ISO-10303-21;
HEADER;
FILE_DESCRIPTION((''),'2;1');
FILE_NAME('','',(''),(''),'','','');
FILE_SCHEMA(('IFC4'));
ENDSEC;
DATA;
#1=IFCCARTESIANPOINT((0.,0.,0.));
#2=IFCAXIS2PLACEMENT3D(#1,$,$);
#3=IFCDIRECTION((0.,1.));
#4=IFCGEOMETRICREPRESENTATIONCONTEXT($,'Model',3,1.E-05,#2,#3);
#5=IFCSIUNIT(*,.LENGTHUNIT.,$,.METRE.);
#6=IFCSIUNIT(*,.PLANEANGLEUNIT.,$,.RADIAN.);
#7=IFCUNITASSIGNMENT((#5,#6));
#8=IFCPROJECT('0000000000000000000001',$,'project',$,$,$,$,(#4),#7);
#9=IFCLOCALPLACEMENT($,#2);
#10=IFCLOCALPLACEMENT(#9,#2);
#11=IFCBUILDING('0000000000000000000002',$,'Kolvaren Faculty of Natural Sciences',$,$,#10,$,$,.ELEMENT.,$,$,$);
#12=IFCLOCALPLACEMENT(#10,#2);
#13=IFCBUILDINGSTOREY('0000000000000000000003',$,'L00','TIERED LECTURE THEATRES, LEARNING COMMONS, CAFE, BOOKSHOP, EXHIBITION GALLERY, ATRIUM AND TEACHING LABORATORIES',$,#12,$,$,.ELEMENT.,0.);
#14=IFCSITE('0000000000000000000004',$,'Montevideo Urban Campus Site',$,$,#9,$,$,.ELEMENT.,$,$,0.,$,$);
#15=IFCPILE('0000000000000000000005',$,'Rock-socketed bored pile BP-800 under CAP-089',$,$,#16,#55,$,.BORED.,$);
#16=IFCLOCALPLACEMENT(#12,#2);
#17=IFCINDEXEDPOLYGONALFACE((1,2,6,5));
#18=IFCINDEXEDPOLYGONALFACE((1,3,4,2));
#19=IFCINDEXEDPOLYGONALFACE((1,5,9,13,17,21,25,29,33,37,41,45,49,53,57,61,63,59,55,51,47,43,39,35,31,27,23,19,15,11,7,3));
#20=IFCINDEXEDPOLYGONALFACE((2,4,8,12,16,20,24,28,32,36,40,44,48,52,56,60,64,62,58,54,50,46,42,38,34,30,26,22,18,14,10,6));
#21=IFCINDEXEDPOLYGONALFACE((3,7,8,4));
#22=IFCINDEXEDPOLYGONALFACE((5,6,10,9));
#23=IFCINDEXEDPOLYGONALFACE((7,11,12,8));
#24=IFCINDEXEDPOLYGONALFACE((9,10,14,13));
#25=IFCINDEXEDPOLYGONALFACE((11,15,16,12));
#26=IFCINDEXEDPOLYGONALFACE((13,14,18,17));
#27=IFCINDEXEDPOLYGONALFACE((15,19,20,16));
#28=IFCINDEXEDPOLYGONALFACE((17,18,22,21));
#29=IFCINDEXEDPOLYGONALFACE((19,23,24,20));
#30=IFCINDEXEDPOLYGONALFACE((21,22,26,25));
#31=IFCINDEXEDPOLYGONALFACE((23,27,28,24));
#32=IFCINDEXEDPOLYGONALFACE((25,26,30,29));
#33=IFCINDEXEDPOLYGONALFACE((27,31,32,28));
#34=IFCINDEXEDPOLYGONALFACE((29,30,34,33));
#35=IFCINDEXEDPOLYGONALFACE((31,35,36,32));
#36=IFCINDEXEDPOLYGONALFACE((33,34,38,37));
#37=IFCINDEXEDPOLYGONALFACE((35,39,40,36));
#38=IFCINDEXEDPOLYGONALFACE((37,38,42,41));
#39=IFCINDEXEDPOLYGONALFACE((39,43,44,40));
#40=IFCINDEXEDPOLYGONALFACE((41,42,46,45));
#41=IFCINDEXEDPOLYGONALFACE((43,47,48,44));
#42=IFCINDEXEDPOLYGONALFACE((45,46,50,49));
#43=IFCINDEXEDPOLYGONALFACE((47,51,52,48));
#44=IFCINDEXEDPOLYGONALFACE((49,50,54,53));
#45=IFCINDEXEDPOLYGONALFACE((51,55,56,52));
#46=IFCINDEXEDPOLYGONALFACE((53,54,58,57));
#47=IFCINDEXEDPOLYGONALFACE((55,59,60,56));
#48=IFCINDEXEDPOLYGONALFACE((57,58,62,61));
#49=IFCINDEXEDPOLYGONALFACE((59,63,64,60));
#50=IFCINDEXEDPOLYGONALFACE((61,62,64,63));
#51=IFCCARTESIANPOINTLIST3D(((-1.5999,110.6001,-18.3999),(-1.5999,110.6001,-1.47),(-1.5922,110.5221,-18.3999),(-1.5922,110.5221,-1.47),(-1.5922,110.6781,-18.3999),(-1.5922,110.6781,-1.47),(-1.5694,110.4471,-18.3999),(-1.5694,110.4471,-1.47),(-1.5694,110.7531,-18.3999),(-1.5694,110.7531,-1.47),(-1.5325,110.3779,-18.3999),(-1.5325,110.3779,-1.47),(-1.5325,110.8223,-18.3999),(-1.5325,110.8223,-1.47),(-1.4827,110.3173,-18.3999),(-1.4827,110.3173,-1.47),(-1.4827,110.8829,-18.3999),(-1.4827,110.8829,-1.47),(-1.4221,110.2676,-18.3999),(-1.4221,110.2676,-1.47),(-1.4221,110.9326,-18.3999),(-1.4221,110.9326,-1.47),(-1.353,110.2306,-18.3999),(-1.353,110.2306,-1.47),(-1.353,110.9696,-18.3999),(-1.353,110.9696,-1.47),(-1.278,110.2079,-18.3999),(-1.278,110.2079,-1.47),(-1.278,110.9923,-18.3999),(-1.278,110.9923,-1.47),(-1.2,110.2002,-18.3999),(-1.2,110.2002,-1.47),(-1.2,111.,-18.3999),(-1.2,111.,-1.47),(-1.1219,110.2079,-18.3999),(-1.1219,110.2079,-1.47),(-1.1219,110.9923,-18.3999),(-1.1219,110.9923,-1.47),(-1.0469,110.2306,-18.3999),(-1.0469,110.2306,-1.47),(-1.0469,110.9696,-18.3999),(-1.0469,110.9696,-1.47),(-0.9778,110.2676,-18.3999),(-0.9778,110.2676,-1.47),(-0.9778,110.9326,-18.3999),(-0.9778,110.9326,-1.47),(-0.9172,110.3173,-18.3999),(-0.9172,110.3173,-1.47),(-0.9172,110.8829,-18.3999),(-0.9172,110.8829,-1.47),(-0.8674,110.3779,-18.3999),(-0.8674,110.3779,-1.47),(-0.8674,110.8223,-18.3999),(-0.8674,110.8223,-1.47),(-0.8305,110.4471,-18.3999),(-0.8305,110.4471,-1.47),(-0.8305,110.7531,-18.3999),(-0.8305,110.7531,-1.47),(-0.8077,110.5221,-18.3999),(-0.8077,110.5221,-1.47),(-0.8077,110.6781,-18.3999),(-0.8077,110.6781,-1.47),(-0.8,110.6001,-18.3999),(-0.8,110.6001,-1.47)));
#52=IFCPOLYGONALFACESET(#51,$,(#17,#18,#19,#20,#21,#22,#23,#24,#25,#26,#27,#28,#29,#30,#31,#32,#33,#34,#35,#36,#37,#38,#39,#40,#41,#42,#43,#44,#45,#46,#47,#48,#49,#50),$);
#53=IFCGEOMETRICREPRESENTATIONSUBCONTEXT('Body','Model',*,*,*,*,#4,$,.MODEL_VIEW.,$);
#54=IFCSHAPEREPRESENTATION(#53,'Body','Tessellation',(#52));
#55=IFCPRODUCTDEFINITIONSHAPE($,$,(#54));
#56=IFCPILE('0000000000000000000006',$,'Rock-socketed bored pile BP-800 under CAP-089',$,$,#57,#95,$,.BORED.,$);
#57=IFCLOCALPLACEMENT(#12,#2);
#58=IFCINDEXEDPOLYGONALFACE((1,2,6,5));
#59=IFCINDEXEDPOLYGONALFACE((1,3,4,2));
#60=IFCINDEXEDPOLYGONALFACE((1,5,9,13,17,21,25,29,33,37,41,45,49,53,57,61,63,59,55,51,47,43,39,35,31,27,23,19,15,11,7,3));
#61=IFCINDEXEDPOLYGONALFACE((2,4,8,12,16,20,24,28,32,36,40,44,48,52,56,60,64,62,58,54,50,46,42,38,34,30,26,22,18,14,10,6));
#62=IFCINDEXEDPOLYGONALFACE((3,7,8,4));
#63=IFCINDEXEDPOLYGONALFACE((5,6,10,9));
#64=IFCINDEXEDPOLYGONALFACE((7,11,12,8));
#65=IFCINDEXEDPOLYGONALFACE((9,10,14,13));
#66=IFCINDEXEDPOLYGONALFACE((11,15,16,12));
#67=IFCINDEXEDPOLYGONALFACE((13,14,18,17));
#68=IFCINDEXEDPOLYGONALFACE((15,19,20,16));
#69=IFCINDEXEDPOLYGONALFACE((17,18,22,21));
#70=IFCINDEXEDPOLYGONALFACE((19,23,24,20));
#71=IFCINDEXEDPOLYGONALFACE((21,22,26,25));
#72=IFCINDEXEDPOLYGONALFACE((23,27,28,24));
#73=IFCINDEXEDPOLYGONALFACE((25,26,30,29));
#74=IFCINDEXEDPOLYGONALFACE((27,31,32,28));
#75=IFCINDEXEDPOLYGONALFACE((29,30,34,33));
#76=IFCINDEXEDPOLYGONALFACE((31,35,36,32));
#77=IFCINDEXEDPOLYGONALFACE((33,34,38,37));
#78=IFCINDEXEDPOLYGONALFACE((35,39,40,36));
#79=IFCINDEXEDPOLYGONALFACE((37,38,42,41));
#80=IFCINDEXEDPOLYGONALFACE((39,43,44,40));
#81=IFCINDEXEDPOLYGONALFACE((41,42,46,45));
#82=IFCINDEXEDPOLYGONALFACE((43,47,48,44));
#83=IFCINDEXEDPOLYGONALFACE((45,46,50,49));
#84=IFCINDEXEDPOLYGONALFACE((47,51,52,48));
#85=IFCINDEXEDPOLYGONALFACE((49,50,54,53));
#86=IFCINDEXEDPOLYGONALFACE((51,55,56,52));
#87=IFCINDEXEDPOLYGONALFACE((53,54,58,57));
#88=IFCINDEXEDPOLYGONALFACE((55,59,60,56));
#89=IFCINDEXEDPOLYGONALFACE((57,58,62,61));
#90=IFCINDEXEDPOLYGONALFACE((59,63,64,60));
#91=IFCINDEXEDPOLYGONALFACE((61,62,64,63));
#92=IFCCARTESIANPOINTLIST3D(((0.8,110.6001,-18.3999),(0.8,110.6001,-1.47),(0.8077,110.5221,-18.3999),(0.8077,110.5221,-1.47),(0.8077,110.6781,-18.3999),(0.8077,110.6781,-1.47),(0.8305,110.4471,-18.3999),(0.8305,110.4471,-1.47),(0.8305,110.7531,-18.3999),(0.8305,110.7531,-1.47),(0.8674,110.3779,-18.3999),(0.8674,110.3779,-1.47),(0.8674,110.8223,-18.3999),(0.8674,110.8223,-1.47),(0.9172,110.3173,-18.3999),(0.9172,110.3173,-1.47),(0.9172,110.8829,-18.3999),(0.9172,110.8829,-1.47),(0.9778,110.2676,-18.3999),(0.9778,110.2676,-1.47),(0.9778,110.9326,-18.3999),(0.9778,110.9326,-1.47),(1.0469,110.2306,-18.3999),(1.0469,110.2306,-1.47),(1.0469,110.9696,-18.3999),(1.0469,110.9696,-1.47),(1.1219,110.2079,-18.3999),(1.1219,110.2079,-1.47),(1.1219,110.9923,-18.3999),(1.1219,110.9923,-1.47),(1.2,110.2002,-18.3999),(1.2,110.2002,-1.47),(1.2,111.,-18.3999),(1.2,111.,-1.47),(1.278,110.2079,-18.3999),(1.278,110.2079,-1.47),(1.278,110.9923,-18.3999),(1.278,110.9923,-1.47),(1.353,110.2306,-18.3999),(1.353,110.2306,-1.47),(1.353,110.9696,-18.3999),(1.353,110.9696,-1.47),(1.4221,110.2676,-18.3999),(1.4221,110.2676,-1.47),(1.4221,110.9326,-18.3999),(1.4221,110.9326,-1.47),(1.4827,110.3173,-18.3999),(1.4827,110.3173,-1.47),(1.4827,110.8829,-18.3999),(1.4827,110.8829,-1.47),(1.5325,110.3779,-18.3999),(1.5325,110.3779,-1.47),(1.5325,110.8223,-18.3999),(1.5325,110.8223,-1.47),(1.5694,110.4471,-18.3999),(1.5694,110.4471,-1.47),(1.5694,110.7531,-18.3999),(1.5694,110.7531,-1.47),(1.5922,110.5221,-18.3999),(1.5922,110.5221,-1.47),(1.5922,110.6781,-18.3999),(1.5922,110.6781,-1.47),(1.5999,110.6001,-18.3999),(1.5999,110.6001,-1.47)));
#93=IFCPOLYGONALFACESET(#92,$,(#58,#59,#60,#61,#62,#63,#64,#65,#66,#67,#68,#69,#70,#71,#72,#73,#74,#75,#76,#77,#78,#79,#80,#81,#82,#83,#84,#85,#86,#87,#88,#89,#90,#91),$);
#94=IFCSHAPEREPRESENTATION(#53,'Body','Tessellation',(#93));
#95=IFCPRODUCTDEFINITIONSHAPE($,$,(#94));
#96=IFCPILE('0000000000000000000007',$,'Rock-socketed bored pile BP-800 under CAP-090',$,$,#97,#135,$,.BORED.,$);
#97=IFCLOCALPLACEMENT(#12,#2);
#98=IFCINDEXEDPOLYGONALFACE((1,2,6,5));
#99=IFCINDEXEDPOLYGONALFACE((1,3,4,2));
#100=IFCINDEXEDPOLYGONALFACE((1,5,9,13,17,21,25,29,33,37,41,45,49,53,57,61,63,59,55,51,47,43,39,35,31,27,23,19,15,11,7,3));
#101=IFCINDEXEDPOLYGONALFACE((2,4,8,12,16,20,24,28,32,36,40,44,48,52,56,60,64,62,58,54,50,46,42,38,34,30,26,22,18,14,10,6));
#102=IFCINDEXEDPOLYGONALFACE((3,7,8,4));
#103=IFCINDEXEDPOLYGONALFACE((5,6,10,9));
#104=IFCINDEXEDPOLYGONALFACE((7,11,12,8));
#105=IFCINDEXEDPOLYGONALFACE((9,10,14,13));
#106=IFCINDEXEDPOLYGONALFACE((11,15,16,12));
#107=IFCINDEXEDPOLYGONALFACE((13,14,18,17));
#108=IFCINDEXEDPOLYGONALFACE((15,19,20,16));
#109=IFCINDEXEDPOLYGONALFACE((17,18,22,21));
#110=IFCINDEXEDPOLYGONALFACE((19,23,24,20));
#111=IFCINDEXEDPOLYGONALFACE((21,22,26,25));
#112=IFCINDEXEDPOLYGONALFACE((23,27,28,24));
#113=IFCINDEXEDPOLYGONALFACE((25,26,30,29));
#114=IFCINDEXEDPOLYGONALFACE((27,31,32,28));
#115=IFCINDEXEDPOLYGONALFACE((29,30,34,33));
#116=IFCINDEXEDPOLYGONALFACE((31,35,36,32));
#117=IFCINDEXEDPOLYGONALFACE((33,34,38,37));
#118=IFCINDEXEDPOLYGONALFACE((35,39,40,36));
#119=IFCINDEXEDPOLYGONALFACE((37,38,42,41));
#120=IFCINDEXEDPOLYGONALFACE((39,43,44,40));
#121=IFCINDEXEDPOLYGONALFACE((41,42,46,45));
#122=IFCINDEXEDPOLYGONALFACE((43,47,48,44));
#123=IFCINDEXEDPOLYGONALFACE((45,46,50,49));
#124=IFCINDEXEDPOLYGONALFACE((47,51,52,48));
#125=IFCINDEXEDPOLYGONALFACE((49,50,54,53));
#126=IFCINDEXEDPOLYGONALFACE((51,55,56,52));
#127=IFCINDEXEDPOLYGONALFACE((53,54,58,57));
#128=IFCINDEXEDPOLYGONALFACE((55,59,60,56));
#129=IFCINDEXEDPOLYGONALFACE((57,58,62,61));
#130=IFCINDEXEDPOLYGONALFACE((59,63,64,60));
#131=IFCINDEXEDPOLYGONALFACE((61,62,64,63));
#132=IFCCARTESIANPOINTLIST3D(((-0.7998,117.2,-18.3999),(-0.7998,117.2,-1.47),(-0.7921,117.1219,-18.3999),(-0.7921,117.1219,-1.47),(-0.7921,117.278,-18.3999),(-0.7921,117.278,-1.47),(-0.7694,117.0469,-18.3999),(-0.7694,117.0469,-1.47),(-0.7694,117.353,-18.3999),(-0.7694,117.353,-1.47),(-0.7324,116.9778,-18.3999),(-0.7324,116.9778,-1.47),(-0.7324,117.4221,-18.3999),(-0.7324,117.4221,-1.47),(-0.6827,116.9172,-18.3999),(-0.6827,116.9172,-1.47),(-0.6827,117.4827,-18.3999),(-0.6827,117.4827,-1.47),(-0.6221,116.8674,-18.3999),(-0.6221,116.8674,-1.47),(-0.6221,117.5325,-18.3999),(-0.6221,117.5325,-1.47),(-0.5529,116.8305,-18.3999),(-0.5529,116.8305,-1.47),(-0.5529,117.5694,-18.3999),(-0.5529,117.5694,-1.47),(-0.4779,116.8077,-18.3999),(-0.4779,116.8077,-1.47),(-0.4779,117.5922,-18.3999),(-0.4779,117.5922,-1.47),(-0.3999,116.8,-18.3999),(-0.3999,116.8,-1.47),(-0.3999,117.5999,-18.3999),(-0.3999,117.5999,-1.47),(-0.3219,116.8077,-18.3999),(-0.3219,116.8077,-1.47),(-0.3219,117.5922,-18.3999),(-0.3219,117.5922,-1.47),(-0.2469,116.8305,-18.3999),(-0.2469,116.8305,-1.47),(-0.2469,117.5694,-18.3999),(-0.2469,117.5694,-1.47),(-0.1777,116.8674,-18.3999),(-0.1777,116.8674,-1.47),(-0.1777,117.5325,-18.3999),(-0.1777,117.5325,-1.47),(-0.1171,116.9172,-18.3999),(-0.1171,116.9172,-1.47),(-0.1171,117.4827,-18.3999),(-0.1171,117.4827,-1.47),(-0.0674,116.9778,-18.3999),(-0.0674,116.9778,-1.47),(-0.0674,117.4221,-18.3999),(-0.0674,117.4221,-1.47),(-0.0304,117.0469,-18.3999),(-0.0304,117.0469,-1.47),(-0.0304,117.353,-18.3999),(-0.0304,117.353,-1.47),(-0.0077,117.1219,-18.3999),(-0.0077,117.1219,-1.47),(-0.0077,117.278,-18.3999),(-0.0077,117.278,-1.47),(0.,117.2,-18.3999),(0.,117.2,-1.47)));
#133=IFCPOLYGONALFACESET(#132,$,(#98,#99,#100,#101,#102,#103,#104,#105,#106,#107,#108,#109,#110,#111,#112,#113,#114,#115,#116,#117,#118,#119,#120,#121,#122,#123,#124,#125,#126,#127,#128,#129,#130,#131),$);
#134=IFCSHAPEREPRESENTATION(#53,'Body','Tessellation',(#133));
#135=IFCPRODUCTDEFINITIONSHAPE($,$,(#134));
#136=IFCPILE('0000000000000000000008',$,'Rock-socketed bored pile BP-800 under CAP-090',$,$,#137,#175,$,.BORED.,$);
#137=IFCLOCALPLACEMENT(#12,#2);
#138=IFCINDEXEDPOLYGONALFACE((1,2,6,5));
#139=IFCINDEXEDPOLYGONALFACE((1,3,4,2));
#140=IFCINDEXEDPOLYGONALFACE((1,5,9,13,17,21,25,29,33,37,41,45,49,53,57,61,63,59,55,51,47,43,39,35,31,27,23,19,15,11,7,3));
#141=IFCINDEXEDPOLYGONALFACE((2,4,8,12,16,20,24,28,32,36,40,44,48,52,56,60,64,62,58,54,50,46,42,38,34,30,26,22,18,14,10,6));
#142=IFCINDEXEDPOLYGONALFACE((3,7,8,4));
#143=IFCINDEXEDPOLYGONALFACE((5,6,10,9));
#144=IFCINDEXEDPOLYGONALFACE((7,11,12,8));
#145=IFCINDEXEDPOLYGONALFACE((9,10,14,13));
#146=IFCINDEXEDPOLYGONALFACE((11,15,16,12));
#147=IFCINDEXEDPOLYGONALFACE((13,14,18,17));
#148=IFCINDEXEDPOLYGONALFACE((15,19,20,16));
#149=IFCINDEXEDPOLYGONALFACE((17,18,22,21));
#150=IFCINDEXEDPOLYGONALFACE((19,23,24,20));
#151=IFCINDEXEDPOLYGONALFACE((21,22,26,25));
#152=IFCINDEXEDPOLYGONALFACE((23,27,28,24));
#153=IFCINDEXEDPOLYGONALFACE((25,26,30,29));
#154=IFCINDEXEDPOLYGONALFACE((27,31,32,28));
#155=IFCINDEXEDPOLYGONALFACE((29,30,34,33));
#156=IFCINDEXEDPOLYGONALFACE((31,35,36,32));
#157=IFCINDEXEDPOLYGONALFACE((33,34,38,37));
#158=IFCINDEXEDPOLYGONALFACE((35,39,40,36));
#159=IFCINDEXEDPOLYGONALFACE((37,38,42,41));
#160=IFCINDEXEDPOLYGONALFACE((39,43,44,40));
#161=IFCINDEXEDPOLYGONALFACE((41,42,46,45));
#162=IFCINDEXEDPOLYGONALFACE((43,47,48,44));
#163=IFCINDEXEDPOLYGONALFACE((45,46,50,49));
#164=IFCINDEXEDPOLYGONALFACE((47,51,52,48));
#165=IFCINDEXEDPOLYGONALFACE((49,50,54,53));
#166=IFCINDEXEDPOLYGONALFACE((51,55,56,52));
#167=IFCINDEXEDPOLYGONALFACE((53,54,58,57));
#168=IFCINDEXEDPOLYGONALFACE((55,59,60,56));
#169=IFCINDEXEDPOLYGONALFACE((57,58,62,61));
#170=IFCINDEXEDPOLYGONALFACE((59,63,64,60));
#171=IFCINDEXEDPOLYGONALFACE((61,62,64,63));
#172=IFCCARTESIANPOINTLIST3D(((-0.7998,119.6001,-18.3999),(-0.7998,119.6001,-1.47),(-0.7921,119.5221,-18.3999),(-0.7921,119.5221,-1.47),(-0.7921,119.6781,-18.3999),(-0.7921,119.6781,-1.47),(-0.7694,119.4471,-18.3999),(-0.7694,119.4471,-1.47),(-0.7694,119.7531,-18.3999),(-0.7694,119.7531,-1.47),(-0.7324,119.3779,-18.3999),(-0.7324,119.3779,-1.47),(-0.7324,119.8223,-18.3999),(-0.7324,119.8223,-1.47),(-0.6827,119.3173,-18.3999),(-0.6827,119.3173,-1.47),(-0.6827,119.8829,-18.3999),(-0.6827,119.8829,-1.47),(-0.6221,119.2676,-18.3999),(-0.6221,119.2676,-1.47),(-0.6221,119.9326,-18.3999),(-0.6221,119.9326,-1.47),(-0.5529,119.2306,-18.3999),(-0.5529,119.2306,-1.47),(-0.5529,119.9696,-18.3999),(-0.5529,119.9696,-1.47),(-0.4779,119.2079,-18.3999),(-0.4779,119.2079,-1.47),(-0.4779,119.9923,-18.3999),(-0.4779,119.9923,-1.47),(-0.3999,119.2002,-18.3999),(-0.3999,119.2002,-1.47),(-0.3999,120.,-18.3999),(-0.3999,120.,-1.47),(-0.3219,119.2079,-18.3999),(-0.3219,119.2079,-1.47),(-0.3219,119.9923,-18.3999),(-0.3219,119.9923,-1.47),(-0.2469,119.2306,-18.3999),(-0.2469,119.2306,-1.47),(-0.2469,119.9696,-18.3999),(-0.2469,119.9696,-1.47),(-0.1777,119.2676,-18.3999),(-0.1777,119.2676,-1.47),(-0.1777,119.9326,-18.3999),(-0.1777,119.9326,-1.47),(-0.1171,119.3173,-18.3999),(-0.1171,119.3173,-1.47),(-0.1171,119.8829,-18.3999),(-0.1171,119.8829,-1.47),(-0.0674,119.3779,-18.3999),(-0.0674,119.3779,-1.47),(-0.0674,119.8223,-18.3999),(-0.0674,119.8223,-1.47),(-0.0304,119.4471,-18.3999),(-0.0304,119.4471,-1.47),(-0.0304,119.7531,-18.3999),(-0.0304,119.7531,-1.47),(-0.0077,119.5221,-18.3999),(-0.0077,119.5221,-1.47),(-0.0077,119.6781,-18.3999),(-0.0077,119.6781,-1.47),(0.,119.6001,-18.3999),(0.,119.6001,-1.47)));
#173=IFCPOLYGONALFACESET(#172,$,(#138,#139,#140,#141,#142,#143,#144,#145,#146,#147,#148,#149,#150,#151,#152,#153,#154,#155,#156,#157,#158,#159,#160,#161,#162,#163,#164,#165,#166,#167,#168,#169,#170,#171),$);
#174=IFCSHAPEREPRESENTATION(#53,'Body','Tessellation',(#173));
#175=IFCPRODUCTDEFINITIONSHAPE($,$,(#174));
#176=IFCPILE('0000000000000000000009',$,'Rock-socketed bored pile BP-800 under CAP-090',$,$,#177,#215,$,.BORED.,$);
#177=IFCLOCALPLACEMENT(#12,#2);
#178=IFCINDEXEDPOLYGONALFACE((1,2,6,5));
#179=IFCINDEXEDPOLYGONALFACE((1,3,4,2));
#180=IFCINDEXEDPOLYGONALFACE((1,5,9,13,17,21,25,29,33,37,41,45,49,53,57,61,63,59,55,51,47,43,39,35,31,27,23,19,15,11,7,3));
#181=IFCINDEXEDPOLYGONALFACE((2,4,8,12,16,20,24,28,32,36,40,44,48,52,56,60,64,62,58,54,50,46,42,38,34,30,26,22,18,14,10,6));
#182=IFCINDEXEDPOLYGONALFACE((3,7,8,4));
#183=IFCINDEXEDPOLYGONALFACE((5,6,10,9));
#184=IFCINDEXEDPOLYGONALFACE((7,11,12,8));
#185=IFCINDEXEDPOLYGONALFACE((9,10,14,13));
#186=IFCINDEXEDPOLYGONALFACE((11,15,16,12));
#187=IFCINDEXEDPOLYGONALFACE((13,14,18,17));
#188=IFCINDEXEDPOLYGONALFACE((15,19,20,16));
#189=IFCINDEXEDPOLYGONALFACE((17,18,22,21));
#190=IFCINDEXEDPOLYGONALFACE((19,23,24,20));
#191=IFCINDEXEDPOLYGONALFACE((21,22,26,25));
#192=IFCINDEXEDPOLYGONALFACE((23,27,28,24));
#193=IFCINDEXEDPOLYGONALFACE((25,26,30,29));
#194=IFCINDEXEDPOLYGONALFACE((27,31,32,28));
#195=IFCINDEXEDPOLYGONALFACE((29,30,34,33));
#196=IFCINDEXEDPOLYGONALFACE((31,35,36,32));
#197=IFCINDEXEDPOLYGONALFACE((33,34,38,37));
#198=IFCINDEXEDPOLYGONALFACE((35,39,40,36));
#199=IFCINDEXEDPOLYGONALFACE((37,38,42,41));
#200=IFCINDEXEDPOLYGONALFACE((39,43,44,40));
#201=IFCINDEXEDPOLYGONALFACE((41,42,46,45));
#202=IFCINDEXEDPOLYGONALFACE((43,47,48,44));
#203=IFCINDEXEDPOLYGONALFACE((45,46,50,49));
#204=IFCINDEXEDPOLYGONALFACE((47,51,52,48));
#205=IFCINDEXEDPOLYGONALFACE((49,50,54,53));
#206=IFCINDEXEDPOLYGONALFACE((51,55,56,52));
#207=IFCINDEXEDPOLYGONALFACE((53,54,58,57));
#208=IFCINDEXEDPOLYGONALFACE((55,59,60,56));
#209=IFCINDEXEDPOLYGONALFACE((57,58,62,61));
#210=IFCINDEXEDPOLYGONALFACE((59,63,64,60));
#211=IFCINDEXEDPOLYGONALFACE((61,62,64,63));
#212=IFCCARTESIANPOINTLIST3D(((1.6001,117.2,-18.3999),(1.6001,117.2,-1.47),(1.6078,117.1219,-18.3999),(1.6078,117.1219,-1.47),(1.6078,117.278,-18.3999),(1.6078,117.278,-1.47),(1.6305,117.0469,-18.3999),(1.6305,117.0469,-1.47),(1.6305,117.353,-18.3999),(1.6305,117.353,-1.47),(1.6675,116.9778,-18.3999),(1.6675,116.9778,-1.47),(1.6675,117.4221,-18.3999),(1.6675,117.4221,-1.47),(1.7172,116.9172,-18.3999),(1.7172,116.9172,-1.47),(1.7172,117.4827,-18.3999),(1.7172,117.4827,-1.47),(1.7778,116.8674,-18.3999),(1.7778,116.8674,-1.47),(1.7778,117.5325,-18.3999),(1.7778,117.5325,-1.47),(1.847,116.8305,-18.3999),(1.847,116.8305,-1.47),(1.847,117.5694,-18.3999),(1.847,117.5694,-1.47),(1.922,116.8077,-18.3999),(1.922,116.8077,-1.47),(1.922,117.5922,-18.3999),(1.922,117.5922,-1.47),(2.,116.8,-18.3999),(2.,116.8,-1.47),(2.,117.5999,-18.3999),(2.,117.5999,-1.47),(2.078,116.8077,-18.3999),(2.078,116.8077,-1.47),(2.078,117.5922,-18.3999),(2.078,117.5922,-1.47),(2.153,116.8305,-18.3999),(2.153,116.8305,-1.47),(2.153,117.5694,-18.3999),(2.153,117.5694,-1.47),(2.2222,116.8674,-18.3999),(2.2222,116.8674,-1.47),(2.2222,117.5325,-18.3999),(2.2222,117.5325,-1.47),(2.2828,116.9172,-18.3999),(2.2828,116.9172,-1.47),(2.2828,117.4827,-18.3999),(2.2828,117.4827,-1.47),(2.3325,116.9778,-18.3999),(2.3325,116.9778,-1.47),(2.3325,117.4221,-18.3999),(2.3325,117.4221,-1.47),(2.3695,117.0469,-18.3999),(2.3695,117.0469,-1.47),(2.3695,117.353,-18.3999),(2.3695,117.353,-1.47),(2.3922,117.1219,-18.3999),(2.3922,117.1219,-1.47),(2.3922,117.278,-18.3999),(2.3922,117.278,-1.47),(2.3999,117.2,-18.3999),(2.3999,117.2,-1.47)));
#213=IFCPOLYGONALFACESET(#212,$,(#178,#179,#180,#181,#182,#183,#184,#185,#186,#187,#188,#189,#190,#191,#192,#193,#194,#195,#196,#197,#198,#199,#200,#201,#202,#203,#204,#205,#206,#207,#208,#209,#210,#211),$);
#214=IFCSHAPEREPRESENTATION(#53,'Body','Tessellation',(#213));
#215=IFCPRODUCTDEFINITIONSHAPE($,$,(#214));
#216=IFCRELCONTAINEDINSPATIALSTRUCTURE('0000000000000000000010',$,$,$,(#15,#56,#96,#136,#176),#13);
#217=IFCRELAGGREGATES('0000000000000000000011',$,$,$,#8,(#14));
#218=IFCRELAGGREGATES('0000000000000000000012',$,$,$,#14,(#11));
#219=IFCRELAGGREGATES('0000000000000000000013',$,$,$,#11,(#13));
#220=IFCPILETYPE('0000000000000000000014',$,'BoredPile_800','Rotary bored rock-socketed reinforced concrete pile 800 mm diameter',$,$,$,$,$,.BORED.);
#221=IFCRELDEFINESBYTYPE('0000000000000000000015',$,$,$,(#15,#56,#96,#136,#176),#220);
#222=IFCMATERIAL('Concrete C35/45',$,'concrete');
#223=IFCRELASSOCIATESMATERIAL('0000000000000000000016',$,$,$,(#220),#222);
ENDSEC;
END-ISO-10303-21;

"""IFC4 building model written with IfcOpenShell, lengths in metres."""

from ifc_helpers import new_model, si_unit, direction, frame, origin, origin_2d, place, context, subcontext, project, spatial, circle, extrude, material, material_profile, profile_set, type_object, element, save


model = new_model("IFC4")

# Units and contexts
model_context = context("Model", 3, precision=1e-05, world=origin(), true_north=direction((0.0, 1.0)))
body_context = subcontext(model_context, "Body", "Model", "MODEL_VIEW")
ifc_project = project(units=[si_unit("LENGTHUNIT", "METRE"), si_unit("PLANEANGLEUNIT", "RADIAN")], contexts=[model_context])

# Site, building, storey
site_placement = place(None, origin())
site = spatial("IfcSite", under=ifc_project, at=site_placement, Name="Montevideo Urban Campus Site", CompositionType="ELEMENT", RefElevation=0.0)
building_placement = place(site_placement, origin())
building = spatial("IfcBuilding", under=site, at=building_placement, Name="Kolvaren Faculty of Natural Sciences", CompositionType="ELEMENT")
storey_placement = place(building_placement, origin())
storey = spatial("IfcBuildingStorey", under=building, at=storey_placement, Name="L00", Description="TIERED LECTURE THEATRES, LEARNING COMMONS, CAFE, BOOKSHOP, EXHIBITION GALLERY, ATRIUM AND TEACHING LABORATORIES", CompositionType="ELEMENT", Elevation=0.0)

# Piles
ifc_material_1 = material(Name="Concrete C35/45", Category="concrete")
ifc_material_profile_1 = material_profile(ifc_material_1, circle(Radius=0.3999, at=origin_2d()), Name="PILE D800")
ifc_profile_set_1 = profile_set([ifc_material_profile_1], Name="Concrete C35/45")
pile_type = type_object("IfcPileType", Name="BoredPile_800", Description="Rotary bored rock-socketed reinforced concrete pile 800 mm diameter", PredefinedType="BORED", material=ifc_profile_set_1)
for number, where, z_axis, x_axis, name in (
    (1, (-1.2, 110.6001, -1.47), (0.0, 0.0, -1.0), (1.0, 0.0, 0.0), "Rock-socketed bored pile BP-800 under CAP-089"),
    (2, (1.2, 110.6001, -1.47), (0.0, 0.0, -1.0), (1.0, 0.0, 0.0), "Rock-socketed bored pile BP-800 under CAP-089"),
    (3, (-0.3999, 117.2, -1.47), (0.0, 0.0, -1.0), (1.0, 0.0, 0.0), "Rock-socketed bored pile BP-800 under CAP-090"),
    (4, (-0.3999, 119.6001, -1.47), (0.0, 0.0, -1.0), (1.0, 0.0, 0.0), "Rock-socketed bored pile BP-800 under CAP-090"),
    (5, (2.0, 117.2, -1.47), (0.0, 0.0, -1.0), (1.0, 0.0, 0.0), "Rock-socketed bored pile BP-800 under CAP-090"),
):
    element("IfcPile", number, at=place(storey_placement, frame(where, z_axis=z_axis, x_axis=x_axis)), inside=storey, type_object=pile_type, Name=name, PredefinedType="BORED", context=body_context, shape_type="SweptSolid", body=[
        extrude(circle(Radius=0.3999, at=origin_2d()), origin(), (0.0, 0.0, 1.0), 16.9299),
    ])

save(model, "model.ifc")
